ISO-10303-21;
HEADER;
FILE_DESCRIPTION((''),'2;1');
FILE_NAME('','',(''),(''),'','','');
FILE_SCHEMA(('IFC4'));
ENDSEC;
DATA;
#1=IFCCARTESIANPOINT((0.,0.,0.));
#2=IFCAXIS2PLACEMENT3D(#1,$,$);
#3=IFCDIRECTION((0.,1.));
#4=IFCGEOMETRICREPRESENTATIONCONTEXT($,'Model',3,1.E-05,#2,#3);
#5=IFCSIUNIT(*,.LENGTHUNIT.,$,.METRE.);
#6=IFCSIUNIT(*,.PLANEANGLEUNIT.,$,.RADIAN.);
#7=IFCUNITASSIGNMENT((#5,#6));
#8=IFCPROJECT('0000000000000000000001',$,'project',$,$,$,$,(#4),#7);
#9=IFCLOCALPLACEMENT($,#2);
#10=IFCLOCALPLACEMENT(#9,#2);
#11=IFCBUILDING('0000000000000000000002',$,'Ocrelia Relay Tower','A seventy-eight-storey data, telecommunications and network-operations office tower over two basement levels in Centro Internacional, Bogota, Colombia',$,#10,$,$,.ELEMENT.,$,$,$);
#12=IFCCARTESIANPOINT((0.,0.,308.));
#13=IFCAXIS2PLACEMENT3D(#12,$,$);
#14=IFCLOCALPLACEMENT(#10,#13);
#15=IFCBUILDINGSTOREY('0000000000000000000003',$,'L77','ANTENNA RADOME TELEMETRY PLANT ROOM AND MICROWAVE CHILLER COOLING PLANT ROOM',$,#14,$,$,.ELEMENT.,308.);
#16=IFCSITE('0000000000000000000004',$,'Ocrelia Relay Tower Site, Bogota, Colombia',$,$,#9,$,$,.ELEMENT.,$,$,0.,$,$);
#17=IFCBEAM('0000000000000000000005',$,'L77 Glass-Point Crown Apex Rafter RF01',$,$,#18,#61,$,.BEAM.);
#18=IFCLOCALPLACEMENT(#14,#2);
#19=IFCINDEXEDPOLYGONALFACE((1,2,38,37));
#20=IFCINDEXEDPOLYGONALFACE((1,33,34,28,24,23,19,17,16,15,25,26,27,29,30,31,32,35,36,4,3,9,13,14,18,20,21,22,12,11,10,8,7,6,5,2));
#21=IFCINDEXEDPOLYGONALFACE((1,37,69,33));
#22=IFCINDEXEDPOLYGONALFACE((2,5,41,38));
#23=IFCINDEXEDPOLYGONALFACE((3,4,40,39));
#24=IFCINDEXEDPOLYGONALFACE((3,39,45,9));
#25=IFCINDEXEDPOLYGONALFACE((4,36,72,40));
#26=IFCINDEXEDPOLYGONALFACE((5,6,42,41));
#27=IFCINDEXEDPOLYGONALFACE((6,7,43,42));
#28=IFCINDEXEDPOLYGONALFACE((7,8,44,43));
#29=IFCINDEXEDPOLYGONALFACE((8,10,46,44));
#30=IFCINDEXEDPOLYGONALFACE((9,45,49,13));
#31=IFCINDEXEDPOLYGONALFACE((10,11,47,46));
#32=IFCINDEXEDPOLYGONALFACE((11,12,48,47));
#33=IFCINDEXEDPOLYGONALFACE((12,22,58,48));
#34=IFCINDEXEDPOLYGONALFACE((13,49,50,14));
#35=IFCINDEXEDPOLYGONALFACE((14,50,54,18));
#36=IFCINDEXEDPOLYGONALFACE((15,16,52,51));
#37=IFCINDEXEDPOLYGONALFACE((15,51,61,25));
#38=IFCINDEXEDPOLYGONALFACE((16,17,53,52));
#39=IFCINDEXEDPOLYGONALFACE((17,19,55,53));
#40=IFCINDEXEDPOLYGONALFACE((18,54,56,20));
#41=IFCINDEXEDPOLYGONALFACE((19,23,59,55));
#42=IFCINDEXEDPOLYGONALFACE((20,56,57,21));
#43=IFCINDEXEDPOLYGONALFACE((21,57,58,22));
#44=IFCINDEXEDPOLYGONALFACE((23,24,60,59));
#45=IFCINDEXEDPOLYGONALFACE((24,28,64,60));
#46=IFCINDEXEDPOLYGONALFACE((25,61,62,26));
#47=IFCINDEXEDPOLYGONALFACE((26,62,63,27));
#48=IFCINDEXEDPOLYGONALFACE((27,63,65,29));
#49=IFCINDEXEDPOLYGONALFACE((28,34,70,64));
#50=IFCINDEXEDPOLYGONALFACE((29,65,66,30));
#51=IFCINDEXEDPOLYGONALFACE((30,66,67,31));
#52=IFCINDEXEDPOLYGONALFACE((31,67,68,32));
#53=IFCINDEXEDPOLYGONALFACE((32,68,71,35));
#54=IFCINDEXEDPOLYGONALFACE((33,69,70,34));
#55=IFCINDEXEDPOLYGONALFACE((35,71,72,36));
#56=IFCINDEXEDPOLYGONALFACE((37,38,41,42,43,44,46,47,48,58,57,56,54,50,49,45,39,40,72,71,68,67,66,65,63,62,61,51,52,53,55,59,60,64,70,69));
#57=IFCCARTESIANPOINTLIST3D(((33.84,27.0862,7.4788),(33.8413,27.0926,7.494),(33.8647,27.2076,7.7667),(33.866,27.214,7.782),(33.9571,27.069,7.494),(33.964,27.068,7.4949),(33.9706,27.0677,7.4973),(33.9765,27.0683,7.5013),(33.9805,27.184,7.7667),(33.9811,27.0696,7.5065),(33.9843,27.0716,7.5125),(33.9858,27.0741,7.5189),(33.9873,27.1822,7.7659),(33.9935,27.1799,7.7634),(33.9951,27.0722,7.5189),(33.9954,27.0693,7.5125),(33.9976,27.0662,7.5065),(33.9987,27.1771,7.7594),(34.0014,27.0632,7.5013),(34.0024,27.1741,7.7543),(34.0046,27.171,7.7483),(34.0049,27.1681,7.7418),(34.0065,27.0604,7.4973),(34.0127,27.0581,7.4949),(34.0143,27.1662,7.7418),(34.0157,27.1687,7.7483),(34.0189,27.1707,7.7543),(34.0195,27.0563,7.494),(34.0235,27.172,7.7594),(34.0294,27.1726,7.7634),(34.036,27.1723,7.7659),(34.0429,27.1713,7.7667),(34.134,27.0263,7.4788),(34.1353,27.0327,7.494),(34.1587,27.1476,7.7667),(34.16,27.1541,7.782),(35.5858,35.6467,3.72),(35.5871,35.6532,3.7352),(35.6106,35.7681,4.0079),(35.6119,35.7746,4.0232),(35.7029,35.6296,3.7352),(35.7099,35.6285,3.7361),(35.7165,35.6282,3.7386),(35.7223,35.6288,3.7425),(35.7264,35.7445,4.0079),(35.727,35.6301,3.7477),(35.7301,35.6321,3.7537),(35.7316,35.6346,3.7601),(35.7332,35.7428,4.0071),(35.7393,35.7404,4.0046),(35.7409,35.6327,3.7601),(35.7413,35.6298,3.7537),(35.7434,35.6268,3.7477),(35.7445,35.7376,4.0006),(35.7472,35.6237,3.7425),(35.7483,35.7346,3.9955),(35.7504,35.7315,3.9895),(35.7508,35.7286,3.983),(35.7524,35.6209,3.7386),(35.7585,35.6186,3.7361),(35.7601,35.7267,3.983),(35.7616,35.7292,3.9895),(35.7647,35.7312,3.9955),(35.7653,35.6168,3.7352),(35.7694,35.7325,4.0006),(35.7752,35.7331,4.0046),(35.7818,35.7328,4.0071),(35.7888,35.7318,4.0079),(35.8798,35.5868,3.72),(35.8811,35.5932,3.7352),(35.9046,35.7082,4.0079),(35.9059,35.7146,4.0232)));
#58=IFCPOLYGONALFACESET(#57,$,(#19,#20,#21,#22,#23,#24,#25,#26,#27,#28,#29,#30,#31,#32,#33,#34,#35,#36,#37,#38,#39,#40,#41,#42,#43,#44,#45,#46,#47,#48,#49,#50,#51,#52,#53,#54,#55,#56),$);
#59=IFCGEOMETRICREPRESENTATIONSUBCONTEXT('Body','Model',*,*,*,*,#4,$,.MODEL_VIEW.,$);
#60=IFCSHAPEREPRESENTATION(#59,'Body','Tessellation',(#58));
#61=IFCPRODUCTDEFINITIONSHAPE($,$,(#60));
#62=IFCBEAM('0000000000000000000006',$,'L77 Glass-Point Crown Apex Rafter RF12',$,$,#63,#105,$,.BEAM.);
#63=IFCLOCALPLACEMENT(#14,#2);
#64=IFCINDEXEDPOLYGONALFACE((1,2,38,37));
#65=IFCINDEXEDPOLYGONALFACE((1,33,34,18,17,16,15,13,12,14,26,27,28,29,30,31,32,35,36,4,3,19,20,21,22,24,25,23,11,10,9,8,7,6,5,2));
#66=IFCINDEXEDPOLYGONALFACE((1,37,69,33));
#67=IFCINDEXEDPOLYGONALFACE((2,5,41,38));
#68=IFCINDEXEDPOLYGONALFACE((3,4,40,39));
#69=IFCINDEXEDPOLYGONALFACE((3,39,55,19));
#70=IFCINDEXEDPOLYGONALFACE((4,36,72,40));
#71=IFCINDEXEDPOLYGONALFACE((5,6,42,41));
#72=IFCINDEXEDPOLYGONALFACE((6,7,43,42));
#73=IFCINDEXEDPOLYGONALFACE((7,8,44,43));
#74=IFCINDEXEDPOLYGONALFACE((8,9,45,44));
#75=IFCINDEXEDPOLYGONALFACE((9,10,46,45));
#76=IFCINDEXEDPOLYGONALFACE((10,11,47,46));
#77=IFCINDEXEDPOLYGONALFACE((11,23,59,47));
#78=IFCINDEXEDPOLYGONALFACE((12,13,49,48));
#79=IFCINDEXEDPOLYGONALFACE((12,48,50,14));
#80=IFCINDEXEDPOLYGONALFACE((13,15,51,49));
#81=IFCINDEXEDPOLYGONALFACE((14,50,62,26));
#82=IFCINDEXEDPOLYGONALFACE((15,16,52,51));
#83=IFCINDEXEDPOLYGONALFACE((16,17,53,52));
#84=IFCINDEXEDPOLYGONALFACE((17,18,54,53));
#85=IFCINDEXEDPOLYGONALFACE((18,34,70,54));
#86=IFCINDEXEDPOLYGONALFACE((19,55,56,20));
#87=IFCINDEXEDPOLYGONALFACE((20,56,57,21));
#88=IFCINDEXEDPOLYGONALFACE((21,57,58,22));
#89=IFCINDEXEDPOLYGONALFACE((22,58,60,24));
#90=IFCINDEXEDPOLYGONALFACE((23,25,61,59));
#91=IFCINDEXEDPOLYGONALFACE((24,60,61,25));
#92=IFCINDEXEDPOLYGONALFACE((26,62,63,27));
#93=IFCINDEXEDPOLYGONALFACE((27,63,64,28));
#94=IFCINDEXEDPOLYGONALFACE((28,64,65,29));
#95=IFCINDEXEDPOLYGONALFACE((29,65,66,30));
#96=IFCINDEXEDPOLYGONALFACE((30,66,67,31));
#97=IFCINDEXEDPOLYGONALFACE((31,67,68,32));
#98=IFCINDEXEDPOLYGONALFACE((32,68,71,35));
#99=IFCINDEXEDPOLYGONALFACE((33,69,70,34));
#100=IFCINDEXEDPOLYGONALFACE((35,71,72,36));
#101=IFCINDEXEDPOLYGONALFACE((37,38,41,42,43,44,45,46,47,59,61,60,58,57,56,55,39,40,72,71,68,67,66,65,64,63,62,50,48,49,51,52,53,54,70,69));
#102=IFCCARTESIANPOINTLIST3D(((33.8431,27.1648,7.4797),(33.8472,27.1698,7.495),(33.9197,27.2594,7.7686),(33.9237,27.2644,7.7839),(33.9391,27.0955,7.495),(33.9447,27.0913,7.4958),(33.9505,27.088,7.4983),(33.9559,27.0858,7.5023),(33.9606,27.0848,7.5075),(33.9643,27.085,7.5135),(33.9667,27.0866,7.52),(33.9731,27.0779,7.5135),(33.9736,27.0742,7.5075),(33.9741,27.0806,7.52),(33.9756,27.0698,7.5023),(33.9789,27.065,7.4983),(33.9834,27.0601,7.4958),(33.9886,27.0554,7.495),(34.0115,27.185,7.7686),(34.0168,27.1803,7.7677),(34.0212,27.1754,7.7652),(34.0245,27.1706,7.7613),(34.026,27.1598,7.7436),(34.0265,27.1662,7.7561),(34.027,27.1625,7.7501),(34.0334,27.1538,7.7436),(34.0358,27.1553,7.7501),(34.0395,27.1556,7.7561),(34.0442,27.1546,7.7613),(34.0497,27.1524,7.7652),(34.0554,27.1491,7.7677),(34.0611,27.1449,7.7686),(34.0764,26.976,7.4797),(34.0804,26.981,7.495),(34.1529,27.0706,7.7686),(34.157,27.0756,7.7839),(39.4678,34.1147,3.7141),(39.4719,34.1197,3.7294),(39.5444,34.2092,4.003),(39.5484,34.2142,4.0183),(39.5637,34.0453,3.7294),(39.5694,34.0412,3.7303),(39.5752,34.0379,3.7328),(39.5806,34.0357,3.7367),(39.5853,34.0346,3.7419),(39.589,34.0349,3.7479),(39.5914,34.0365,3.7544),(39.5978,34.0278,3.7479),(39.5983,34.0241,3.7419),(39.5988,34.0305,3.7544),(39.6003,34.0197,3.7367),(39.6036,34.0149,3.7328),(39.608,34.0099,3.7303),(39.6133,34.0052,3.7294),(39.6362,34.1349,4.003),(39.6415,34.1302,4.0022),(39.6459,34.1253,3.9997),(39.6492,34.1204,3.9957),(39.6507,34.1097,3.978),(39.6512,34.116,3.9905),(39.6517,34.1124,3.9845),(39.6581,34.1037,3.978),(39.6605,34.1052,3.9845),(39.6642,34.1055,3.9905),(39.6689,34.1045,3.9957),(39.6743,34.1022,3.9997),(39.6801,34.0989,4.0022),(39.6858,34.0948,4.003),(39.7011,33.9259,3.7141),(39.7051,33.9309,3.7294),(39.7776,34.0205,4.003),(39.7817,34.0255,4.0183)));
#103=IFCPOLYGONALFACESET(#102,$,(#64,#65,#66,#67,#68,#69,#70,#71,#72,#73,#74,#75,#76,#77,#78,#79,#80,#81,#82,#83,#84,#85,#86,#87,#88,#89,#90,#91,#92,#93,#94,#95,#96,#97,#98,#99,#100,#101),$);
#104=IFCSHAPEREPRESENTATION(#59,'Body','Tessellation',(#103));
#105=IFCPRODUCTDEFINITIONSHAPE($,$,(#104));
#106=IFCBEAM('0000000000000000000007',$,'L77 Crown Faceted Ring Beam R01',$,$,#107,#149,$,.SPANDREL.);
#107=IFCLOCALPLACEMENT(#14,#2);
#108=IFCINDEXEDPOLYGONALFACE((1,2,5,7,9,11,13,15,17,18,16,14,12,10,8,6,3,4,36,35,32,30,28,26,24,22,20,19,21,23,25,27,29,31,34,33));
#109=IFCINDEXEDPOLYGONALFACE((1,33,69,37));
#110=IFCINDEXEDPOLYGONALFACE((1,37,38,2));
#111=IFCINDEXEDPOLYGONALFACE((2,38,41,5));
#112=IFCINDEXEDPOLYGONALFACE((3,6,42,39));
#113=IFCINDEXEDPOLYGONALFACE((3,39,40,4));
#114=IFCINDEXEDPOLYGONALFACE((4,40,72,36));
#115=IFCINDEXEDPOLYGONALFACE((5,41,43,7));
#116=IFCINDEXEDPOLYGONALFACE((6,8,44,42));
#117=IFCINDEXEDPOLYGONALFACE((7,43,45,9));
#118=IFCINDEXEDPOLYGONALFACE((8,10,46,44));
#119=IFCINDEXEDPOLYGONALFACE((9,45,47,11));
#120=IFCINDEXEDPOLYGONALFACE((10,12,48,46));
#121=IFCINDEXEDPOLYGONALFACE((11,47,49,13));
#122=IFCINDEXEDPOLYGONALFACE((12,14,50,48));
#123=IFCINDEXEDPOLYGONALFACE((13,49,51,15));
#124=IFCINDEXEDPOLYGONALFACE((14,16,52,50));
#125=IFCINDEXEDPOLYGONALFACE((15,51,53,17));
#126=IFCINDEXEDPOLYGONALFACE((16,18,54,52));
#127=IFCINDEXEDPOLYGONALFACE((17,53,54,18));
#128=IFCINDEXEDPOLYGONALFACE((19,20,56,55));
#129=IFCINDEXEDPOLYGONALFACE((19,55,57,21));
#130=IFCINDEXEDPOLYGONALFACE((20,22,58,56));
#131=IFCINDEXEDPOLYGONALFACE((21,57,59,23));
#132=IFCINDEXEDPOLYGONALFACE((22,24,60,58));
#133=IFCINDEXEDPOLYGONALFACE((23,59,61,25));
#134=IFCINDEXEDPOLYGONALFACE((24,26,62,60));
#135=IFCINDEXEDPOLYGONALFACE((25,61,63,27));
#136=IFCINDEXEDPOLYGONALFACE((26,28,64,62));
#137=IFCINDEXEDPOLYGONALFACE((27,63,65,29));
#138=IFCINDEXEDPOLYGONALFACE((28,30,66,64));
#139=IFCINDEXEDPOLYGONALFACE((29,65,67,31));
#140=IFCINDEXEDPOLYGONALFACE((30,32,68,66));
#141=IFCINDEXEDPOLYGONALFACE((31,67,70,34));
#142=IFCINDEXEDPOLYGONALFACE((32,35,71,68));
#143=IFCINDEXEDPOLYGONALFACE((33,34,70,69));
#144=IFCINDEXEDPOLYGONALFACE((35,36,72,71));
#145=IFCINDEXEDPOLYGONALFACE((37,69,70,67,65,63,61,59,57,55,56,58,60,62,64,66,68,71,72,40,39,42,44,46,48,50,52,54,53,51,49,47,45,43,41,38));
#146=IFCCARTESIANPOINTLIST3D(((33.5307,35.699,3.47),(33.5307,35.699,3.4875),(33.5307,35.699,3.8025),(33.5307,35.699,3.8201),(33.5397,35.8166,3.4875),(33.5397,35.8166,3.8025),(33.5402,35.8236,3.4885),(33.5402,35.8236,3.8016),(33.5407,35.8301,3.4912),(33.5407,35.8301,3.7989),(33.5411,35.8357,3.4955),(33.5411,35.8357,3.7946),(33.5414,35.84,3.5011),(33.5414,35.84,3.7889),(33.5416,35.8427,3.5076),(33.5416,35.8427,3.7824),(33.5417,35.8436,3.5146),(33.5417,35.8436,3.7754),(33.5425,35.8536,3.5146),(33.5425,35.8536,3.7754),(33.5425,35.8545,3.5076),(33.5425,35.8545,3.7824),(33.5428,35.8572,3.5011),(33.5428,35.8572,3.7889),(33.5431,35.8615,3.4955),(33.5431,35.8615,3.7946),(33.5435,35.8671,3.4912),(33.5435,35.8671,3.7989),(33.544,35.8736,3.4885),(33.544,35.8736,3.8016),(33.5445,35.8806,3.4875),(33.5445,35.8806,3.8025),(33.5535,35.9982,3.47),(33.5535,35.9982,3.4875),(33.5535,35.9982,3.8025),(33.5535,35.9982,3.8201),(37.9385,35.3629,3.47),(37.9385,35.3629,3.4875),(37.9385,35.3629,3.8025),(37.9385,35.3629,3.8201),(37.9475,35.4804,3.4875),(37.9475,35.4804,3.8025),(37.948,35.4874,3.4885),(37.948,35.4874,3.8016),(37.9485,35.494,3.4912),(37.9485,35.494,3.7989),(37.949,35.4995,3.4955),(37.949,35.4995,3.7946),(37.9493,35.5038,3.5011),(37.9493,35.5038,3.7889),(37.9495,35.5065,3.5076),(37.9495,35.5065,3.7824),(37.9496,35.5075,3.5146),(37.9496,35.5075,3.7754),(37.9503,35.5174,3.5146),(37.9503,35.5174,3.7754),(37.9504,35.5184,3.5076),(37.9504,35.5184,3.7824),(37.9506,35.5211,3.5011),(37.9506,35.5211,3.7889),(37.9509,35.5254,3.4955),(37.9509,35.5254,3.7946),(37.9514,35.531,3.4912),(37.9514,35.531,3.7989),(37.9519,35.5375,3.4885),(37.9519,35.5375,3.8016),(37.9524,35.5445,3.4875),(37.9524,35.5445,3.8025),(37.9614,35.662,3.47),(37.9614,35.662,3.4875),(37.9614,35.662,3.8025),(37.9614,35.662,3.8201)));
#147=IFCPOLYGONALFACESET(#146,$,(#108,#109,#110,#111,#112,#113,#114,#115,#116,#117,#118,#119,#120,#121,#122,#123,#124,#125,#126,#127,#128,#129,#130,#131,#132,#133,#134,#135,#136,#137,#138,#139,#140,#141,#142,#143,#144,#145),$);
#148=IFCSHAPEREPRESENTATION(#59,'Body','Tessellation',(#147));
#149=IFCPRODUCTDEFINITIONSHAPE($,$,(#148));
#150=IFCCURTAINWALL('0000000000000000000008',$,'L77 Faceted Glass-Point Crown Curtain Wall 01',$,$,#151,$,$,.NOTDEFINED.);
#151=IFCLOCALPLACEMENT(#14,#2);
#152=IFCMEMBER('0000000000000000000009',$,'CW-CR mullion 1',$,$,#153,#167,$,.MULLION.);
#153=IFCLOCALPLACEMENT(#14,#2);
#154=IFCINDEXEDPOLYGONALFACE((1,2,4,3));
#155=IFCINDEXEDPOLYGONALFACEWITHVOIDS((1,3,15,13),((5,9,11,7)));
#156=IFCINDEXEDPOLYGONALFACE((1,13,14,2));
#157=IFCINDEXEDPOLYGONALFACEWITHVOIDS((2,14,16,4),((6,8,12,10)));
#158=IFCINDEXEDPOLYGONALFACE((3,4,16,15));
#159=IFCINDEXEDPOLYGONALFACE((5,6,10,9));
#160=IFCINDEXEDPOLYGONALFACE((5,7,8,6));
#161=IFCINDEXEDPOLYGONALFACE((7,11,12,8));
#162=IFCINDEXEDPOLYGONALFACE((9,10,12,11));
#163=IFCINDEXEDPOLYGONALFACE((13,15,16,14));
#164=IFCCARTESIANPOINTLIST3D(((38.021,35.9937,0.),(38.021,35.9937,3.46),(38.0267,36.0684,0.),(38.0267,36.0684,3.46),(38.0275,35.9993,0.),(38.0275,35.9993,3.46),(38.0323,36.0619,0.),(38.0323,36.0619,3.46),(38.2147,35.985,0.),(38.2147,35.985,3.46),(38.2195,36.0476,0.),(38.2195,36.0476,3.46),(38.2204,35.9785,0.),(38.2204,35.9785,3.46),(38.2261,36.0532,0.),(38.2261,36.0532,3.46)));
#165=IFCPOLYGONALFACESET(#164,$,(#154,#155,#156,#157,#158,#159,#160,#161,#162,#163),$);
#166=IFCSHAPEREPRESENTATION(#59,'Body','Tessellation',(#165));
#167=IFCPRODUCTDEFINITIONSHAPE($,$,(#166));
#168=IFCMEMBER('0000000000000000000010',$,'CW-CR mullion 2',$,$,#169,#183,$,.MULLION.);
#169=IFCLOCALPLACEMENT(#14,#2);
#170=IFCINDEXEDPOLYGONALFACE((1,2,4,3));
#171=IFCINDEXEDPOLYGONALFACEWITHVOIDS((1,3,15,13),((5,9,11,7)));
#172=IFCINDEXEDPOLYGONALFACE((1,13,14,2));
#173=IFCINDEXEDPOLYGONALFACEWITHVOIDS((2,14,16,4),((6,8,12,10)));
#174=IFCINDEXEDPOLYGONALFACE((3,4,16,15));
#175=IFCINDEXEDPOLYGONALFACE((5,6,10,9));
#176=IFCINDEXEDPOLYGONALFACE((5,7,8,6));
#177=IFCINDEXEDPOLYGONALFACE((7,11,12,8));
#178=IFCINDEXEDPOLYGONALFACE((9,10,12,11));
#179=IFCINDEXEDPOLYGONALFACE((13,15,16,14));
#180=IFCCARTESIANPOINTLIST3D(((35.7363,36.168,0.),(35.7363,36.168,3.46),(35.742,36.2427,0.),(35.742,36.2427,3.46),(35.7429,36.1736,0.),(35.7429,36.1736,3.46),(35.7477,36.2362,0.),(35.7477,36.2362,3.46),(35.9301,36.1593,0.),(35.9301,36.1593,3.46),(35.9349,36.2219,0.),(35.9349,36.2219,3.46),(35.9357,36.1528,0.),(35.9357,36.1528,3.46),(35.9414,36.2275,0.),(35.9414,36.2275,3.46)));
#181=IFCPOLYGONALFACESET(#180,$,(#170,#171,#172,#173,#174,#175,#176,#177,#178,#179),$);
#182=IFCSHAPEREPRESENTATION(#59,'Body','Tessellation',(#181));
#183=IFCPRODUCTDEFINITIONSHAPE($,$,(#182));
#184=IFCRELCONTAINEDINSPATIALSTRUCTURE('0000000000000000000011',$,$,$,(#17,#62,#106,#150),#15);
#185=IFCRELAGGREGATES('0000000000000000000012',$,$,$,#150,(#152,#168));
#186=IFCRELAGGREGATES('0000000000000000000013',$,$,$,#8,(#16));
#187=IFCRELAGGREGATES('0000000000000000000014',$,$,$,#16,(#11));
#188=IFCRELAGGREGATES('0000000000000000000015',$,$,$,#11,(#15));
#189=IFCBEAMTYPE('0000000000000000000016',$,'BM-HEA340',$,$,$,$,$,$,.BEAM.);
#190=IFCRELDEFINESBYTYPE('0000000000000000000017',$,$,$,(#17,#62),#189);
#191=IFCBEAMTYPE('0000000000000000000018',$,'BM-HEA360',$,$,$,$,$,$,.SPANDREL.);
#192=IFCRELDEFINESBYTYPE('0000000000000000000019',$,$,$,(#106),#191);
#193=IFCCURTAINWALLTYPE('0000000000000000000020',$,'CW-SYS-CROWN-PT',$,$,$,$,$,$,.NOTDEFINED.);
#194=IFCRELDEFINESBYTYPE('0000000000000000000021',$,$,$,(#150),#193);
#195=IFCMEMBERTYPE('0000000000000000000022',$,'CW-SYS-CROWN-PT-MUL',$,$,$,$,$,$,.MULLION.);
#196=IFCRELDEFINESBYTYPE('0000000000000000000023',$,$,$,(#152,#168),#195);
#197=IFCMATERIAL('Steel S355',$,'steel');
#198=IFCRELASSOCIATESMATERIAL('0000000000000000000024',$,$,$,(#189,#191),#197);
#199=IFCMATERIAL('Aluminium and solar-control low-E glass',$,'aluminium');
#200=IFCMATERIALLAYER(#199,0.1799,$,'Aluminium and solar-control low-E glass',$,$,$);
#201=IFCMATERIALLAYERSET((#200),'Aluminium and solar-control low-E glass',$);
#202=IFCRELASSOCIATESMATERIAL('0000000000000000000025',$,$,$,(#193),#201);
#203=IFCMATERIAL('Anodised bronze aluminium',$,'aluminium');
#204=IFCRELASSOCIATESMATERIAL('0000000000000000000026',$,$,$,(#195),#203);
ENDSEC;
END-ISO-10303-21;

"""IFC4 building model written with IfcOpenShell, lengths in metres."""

from ifc_helpers import new_model, si_unit, direction, frame, origin, origin_2d, place, context, subcontext, project, spatial, hollow_rectangle, i_section, extrude, material, layer, layer_set, material_profile, profile_set, type_object, element, aggregate, save


model = new_model("IFC4")

# Units and contexts
model_context = context("Model", 3, precision=1e-05, world=origin(), true_north=direction((0.0, 1.0)))
body_context = subcontext(model_context, "Body", "Model", "MODEL_VIEW")
ifc_project = project(units=[si_unit("LENGTHUNIT", "METRE"), si_unit("PLANEANGLEUNIT", "RADIAN")], contexts=[model_context])

# Site, building, storey
site_placement = place(None, origin())
site = spatial("IfcSite", under=ifc_project, at=site_placement, Name="Ocrelia Relay Tower Site, Bogota, Colombia", CompositionType="ELEMENT", RefElevation=0.0)
building_placement = place(site_placement, origin())
building = spatial("IfcBuilding", under=site, at=building_placement, Name="Ocrelia Relay Tower", Description="A seventy-eight-storey data, telecommunications and network-operations office tower over two basement levels in Centro Internacional, Bogota, Colombia", CompositionType="ELEMENT")
storey_placement = place(building_placement, frame((0.0, 0.0, 308.0)))
storey = spatial("IfcBuildingStorey", under=building, at=storey_placement, Name="L77", Description="ANTENNA RADOME TELEMETRY PLANT ROOM AND MICROWAVE CHILLER COOLING PLANT ROOM", CompositionType="ELEMENT", Elevation=308.0)

# Beams
ifc_material_1 = material(Name="Steel S355", Category="steel")
ifc_material_profile_1 = material_profile(ifc_material_1, i_section(OverallWidth=0.3, OverallDepth=0.3301, WebThickness=0.0095, FlangeThickness=0.0166, FilletRadius=0.0271, at=origin_2d()), Name="HEA 340")
ifc_profile_set_1 = profile_set([ifc_material_profile_1], Name="Steel S355")
beam_type_1 = type_object("IfcBeamType", Name="BM-HEA340", PredefinedType="BEAM", material=ifc_profile_set_1)
beam_1_placement = place(storey_placement, frame((35.7458, 35.6807, 3.8716), z_axis=(-0.183561, -0.900066, 0.395204), x_axis=(0.979831, -0.199828, 0.0)))
element("IfcBeam", 1, at=beam_1_placement, inside=storey, type_object=beam_type_1, Name="L77 Glass-Point Crown Apex Rafter RF01", PredefinedType="BEAM", context=body_context, shape_type="SweptSolid", body=[
    extrude(i_section(OverallWidth=0.3, OverallDepth=0.3301, WebThickness=0.0095, FlangeThickness=0.0166, FilletRadius=0.0271, at=origin_2d()), origin(), (0.0, 0.0, 1.0), 9.511),
])
beam_2_placement = place(storey_placement, frame((39.6248, 34.0701, 3.8662), z_axis=(-0.57978, -0.716377, 0.388148), x_axis=(0.777321, -0.629104, 0.0)))
element("IfcBeam", 2, at=beam_2_placement, inside=storey, type_object=beam_type_1, Name="L77 Glass-Point Crown Apex Rafter RF12", PredefinedType="BEAM", context=body_context, shape_type="SweptSolid", body=[
    extrude(i_section(OverallWidth=0.3, OverallDepth=0.3301, WebThickness=0.0095, FlangeThickness=0.0166, FilletRadius=0.0271, at=origin_2d()), origin(), (0.0, 0.0, 1.0), 9.7014),
])
ifc_material_profile_2 = material_profile(ifc_material_1, i_section(OverallWidth=0.3, OverallDepth=0.3501, WebThickness=0.01, FlangeThickness=0.0176, FilletRadius=0.0271, at=origin_2d()), Name="HEA 360")
ifc_profile_set_2 = profile_set([ifc_material_profile_2], Name="Steel S355")
beam_type_2 = type_object("IfcBeamType", Name="BM-HEA360", PredefinedType="SPANDREL", material=ifc_profile_set_2)
beam_3_placement = place(storey_placement, frame((37.95, 35.5125, 3.645), z_axis=(-0.997104, 0.076046, 0.0), x_axis=(-0.076046, -0.997104, 0.0)))
element("IfcBeam", 3, at=beam_3_placement, inside=storey, type_object=beam_type_2, Name="L77 Crown Faceted Ring Beam R01", PredefinedType="SPANDREL", context=body_context, shape_type="SweptSolid", body=[
    extrude(i_section(OverallWidth=0.3, OverallDepth=0.3501, WebThickness=0.01, FlangeThickness=0.0176, FilletRadius=0.0271, at=origin_2d()), origin(), (0.0, 0.0, 1.0), 4.4207),
])

# Curtain wall, members
ifc_material_2 = material(Name="Aluminium and solar-control low-E glass", Category="aluminium")
ifc_layer_1 = layer(ifc_material_2, 0.1799, Name="Aluminium and solar-control low-E glass")
ifc_layer_set_1 = layer_set([ifc_layer_1], Name="Aluminium and solar-control low-E glass")
curtain_wall_type = type_object("IfcCurtainWallType", Name="CW-SYS-CROWN-PT", PredefinedType="NOTDEFINED", material=ifc_layer_set_1)
curtain_wall_1_placement = place(storey_placement, origin())
curtain_wall_1 = element("IfcCurtainWall", 4, at=curtain_wall_1_placement, inside=storey, type_object=curtain_wall_type, Name="L77 Faceted Glass-Point Crown Curtain Wall 01", PredefinedType="NOTDEFINED")
ifc_material_3 = material(Name="Anodised bronze aluminium", Category="aluminium")
ifc_material_profile_3 = material_profile(ifc_material_3, hollow_rectangle(XDim=0.075, YDim=0.2, WallThickness=0.0061, at=origin_2d()), Name="CW-MUL-200x75")
ifc_profile_set_3 = profile_set([ifc_material_profile_3], Name="Anodised bronze aluminium")
member_type_1 = type_object("IfcMemberType", Name="CW-SYS-CROWN-PT-MUL", PredefinedType="MULLION", material=ifc_profile_set_3)
member_1_placement = place(storey_placement, frame((38.1235, 36.0234, 0.0), z_axis=(0.0, 0.0, 1.0), x_axis=(-0.076089, -0.997101, 0.0)))
member_1 = element("IfcMember", 5, at=member_1_placement, type_object=member_type_1, Name="CW-CR mullion 1", PredefinedType="MULLION", context=body_context, shape_type="SweptSolid", body=[
    extrude(hollow_rectangle(XDim=0.075, YDim=0.2, WallThickness=0.0061, at=origin_2d()), origin(), (0.0, 0.0, 1.0), 3.46),
])
member_2_placement = place(storey_placement, frame((35.8389, 36.1978, 0.0), z_axis=(0.0, 0.0, 1.0), x_axis=(-0.076089, -0.997101, 0.0)))
member_2 = element("IfcMember", 6, at=member_2_placement, type_object=member_type_1, Name="CW-CR mullion 2", PredefinedType="MULLION", context=body_context, shape_type="SweptSolid", body=[
    extrude(hollow_rectangle(XDim=0.075, YDim=0.2, WallThickness=0.0061, at=origin_2d()), origin(), (0.0, 0.0, 1.0), 3.46),
])

aggregate(curtain_wall_1, [member_1, member_2])

save(model, "model.ifc")
